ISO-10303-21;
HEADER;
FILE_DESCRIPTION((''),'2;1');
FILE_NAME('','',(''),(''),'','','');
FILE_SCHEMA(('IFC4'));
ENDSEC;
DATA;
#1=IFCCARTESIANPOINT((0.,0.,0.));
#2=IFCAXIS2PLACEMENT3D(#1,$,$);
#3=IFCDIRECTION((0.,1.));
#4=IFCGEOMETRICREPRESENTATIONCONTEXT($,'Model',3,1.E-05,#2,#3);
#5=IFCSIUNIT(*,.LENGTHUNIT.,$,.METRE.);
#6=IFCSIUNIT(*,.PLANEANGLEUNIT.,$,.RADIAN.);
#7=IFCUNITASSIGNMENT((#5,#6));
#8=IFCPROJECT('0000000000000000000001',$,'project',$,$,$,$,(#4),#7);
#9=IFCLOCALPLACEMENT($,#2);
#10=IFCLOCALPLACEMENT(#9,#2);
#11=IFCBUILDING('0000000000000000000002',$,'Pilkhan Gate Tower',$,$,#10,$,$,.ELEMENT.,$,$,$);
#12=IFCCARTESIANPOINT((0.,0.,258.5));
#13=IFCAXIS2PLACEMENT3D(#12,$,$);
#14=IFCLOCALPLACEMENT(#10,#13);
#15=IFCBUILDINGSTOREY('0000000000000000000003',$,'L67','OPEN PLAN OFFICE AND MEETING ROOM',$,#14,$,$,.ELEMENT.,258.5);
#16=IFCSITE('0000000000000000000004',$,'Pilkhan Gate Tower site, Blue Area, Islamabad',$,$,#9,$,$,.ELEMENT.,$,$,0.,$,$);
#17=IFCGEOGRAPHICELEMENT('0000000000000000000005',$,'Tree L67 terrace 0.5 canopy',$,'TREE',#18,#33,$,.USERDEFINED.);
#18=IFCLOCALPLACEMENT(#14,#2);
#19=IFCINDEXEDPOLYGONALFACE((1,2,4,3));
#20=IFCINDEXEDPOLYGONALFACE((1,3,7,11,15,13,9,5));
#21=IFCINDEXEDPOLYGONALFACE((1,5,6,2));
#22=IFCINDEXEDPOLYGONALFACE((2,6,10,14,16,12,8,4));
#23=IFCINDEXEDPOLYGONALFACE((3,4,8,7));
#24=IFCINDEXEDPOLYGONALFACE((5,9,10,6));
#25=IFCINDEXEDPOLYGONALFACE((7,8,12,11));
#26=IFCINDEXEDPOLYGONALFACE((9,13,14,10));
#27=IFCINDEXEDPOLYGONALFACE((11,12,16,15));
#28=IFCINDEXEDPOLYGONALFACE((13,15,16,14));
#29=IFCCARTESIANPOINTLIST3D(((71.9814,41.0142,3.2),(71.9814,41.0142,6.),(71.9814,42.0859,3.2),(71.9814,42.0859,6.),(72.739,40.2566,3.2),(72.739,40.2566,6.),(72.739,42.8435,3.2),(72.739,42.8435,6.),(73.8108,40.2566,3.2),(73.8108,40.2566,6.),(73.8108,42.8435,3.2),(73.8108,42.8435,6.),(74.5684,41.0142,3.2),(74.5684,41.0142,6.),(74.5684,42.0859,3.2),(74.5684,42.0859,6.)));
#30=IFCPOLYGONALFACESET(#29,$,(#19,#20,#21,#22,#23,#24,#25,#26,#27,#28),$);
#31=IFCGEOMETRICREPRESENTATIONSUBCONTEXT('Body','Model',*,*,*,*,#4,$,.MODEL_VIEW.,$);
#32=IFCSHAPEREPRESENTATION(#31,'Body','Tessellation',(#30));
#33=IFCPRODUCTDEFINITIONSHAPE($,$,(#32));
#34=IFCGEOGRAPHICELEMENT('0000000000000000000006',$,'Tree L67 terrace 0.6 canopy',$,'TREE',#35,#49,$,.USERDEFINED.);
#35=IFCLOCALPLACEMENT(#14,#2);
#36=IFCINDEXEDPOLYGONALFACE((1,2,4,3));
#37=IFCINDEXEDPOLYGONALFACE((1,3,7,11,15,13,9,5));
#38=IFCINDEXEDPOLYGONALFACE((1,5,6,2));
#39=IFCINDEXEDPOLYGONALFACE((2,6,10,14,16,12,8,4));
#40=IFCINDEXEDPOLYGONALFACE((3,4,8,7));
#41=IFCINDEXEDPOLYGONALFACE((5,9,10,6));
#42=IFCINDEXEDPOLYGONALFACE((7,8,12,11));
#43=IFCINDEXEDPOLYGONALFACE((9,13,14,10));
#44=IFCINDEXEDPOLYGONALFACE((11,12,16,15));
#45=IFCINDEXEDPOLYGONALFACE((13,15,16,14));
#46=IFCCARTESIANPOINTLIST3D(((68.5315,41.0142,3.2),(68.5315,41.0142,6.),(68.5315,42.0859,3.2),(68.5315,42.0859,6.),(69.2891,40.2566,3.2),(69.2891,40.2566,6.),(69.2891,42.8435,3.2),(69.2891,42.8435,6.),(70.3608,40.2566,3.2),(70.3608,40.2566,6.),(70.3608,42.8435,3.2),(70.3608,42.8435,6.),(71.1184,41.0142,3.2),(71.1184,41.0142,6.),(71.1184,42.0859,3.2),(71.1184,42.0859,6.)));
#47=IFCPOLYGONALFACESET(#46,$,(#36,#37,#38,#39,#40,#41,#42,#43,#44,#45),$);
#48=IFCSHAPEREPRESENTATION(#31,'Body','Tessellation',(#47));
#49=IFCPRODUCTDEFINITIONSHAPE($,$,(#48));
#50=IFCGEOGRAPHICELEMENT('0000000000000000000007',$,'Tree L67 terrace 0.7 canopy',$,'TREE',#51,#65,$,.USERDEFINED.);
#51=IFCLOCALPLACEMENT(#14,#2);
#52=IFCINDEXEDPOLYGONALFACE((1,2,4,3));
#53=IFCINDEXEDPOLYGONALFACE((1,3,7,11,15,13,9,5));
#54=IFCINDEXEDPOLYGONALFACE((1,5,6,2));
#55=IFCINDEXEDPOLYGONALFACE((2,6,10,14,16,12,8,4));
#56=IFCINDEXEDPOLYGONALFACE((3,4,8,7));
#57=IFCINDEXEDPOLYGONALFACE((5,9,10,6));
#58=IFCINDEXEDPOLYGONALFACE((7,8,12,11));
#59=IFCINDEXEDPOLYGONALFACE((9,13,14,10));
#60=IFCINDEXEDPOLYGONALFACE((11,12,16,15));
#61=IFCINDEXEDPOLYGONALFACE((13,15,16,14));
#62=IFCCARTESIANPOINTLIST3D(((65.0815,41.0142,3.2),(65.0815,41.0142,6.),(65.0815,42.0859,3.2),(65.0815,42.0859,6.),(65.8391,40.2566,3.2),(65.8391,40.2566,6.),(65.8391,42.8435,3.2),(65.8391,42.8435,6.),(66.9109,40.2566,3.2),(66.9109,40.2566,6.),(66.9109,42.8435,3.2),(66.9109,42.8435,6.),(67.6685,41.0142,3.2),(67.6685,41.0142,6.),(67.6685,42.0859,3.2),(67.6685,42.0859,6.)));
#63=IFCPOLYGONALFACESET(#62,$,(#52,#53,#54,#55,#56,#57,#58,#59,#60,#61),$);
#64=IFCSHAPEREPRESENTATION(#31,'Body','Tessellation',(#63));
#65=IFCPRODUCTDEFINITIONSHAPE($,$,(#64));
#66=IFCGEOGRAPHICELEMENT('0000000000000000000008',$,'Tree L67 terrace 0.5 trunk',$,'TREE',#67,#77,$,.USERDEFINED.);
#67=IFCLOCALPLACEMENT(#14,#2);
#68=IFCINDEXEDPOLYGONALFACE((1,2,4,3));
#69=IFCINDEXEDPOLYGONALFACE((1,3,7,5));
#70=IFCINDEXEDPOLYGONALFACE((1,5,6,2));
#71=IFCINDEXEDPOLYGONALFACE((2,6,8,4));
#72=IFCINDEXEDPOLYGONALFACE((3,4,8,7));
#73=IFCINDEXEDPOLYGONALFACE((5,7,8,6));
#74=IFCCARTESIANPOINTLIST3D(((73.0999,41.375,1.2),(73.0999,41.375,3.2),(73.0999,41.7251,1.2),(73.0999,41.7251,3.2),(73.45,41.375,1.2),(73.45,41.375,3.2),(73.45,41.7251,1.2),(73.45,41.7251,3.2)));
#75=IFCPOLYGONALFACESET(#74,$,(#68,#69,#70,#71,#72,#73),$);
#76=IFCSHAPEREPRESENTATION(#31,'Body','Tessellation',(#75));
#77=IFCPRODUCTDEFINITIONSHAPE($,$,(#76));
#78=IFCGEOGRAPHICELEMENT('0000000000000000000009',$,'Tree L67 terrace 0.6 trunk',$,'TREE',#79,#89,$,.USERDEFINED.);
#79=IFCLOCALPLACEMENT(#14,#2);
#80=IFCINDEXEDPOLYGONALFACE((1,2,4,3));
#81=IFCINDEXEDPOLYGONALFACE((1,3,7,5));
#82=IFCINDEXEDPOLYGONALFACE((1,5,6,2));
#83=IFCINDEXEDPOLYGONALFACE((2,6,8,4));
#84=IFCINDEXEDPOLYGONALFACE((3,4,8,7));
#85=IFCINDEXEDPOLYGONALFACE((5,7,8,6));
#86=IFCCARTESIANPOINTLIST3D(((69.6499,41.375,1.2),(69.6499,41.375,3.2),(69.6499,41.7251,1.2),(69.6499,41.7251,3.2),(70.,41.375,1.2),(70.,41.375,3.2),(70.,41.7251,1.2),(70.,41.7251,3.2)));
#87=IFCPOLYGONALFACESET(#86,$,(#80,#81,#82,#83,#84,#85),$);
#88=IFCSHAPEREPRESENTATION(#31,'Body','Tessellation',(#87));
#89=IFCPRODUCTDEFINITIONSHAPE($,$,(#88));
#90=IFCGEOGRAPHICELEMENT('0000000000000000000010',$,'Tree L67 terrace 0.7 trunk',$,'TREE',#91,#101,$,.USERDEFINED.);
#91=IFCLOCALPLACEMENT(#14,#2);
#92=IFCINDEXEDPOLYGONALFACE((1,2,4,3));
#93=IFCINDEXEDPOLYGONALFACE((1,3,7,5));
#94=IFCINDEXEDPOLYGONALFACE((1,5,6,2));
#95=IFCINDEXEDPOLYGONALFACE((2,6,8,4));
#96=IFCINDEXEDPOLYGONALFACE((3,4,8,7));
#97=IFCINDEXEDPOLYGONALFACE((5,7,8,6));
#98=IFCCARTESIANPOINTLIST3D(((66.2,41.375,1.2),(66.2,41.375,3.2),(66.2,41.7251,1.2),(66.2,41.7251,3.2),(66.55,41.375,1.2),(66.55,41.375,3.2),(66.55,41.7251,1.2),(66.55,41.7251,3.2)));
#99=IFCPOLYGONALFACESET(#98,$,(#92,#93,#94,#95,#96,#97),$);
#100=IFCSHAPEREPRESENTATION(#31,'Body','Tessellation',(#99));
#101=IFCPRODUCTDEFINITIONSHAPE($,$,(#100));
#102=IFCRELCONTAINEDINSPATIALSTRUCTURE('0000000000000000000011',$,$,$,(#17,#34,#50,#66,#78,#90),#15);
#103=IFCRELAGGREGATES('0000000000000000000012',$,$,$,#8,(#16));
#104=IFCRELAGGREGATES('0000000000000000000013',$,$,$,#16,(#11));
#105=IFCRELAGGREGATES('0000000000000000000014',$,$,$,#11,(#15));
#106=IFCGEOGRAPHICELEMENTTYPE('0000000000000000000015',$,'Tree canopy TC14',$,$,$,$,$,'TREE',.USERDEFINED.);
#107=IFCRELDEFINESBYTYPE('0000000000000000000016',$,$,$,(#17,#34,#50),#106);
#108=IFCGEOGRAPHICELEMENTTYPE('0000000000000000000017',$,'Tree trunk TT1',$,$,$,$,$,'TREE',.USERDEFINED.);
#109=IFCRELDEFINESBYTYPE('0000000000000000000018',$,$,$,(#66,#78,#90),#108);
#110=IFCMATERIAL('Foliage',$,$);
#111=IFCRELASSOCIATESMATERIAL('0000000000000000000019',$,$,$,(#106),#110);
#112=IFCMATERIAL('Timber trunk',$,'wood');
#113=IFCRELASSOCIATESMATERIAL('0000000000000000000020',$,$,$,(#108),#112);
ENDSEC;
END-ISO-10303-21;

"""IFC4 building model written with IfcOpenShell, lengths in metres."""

from ifc_helpers import new_model, si_unit, direction, frame, origin, origin_2d, place, context, subcontext, project, spatial, polyline, rectangle, outline, extrude, material, material_profile, profile_set, type_object, element, save


model = new_model("IFC4")

# Units and contexts
model_context = context("Model", 3, precision=1e-05, world=origin(), true_north=direction((0.0, 1.0)))
body_context = subcontext(model_context, "Body", "Model", "MODEL_VIEW")
ifc_project = project(units=[si_unit("LENGTHUNIT", "METRE"), si_unit("PLANEANGLEUNIT", "RADIAN")], contexts=[model_context])

# Site, building, storey
site_placement = place(None, origin())
site = spatial("IfcSite", under=ifc_project, at=site_placement, Name="Pilkhan Gate Tower site, Blue Area, Islamabad", CompositionType="ELEMENT", RefElevation=0.0)
building_placement = place(site_placement, origin())
building = spatial("IfcBuilding", under=site, at=building_placement, Name="Pilkhan Gate Tower", CompositionType="ELEMENT")
storey_placement = place(building_placement, frame((0.0, 0.0, 258.5)))
storey = spatial("IfcBuildingStorey", under=building, at=storey_placement, Name="L67", Description="OPEN PLAN OFFICE AND MEETING ROOM", CompositionType="ELEMENT", Elevation=258.5)

# Geographic elements
ifc_material_1 = material(Name="Foliage")
ifc_material_profile_1 = material_profile(ifc_material_1, outline(polyline([(1.2935, 0.5359), (0.5359, 1.2935), (-0.5359, 1.2935), (-1.2935, 0.5359), (-1.2935, -0.5359), (-0.5359, -1.2935), (0.5359, -1.2935), (1.2935, -0.5359), (1.2935, 0.5359)])), Name="Canopy D2.8")
ifc_profile_set_1 = profile_set([ifc_material_profile_1], Name="Foliage")
geographic_element_type_1 = type_object("IfcGeographicElementType", Name="Tree canopy TC14", ElementType="TREE", PredefinedType="USERDEFINED", material=ifc_profile_set_1)
for number, where, z_axis, x_axis, name in (
    (1, (73.2749, 41.55, 3.2), (0.0, 0.0, 1.0), (1.0, 0.0, 0.0), "Tree L67 terrace 0.5 canopy"),
    (2, (69.825, 41.55, 3.2), (0.0, 0.0, 1.0), (1.0, 0.0, 0.0), "Tree L67 terrace 0.6 canopy"),
    (3, (66.375, 41.55, 3.2), (0.0, 0.0, 1.0), (1.0, 0.0, 0.0), "Tree L67 terrace 0.7 canopy"),
):
    element("IfcGeographicElement", number, at=place(storey_placement, frame(where, z_axis=z_axis, x_axis=x_axis)), inside=storey, type_object=geographic_element_type_1, Name=name, ObjectType="TREE", PredefinedType="USERDEFINED", context=body_context, shape_type="SweptSolid", body=[
        extrude(outline(polyline([(1.2935, 0.5359), (0.5359, 1.2935), (-0.5359, 1.2935), (-1.2935, 0.5359), (-1.2935, -0.5359), (-0.5359, -1.2935), (0.5359, -1.2935), (1.2935, -0.5359), (1.2935, 0.5359)])), origin(), (0.0, 0.0, 1.0), 2.8),
    ])
ifc_material_2 = material(Name="Timber trunk", Category="wood")
geographic_element_type_2 = type_object("IfcGeographicElementType", Name="Tree trunk TT1", ElementType="TREE", PredefinedType="USERDEFINED", material=ifc_material_2)
for number, where, z_axis, x_axis, name in (
    (4, (73.2749, 41.55, 1.2), (0.0, 0.0, 1.0), (1.0, 0.0, 0.0), "Tree L67 terrace 0.5 trunk"),
    (5, (69.825, 41.55, 1.2), (0.0, 0.0, 1.0), (1.0, 0.0, 0.0), "Tree L67 terrace 0.6 trunk"),
    (6, (66.375, 41.55, 1.2), (0.0, 0.0, 1.0), (1.0, 0.0, 0.0), "Tree L67 terrace 0.7 trunk"),
):
    element("IfcGeographicElement", number, at=place(storey_placement, frame(where, z_axis=z_axis, x_axis=x_axis)), inside=storey, type_object=geographic_element_type_2, Name=name, ObjectType="TREE", PredefinedType="USERDEFINED", context=body_context, shape_type="SweptSolid", body=[
        extrude(rectangle(XDim=0.3501, YDim=0.3501, at=origin_2d()), origin(), (0.0, 0.0, 1.0), 2.0),
    ])

save(model, "model.ifc")
